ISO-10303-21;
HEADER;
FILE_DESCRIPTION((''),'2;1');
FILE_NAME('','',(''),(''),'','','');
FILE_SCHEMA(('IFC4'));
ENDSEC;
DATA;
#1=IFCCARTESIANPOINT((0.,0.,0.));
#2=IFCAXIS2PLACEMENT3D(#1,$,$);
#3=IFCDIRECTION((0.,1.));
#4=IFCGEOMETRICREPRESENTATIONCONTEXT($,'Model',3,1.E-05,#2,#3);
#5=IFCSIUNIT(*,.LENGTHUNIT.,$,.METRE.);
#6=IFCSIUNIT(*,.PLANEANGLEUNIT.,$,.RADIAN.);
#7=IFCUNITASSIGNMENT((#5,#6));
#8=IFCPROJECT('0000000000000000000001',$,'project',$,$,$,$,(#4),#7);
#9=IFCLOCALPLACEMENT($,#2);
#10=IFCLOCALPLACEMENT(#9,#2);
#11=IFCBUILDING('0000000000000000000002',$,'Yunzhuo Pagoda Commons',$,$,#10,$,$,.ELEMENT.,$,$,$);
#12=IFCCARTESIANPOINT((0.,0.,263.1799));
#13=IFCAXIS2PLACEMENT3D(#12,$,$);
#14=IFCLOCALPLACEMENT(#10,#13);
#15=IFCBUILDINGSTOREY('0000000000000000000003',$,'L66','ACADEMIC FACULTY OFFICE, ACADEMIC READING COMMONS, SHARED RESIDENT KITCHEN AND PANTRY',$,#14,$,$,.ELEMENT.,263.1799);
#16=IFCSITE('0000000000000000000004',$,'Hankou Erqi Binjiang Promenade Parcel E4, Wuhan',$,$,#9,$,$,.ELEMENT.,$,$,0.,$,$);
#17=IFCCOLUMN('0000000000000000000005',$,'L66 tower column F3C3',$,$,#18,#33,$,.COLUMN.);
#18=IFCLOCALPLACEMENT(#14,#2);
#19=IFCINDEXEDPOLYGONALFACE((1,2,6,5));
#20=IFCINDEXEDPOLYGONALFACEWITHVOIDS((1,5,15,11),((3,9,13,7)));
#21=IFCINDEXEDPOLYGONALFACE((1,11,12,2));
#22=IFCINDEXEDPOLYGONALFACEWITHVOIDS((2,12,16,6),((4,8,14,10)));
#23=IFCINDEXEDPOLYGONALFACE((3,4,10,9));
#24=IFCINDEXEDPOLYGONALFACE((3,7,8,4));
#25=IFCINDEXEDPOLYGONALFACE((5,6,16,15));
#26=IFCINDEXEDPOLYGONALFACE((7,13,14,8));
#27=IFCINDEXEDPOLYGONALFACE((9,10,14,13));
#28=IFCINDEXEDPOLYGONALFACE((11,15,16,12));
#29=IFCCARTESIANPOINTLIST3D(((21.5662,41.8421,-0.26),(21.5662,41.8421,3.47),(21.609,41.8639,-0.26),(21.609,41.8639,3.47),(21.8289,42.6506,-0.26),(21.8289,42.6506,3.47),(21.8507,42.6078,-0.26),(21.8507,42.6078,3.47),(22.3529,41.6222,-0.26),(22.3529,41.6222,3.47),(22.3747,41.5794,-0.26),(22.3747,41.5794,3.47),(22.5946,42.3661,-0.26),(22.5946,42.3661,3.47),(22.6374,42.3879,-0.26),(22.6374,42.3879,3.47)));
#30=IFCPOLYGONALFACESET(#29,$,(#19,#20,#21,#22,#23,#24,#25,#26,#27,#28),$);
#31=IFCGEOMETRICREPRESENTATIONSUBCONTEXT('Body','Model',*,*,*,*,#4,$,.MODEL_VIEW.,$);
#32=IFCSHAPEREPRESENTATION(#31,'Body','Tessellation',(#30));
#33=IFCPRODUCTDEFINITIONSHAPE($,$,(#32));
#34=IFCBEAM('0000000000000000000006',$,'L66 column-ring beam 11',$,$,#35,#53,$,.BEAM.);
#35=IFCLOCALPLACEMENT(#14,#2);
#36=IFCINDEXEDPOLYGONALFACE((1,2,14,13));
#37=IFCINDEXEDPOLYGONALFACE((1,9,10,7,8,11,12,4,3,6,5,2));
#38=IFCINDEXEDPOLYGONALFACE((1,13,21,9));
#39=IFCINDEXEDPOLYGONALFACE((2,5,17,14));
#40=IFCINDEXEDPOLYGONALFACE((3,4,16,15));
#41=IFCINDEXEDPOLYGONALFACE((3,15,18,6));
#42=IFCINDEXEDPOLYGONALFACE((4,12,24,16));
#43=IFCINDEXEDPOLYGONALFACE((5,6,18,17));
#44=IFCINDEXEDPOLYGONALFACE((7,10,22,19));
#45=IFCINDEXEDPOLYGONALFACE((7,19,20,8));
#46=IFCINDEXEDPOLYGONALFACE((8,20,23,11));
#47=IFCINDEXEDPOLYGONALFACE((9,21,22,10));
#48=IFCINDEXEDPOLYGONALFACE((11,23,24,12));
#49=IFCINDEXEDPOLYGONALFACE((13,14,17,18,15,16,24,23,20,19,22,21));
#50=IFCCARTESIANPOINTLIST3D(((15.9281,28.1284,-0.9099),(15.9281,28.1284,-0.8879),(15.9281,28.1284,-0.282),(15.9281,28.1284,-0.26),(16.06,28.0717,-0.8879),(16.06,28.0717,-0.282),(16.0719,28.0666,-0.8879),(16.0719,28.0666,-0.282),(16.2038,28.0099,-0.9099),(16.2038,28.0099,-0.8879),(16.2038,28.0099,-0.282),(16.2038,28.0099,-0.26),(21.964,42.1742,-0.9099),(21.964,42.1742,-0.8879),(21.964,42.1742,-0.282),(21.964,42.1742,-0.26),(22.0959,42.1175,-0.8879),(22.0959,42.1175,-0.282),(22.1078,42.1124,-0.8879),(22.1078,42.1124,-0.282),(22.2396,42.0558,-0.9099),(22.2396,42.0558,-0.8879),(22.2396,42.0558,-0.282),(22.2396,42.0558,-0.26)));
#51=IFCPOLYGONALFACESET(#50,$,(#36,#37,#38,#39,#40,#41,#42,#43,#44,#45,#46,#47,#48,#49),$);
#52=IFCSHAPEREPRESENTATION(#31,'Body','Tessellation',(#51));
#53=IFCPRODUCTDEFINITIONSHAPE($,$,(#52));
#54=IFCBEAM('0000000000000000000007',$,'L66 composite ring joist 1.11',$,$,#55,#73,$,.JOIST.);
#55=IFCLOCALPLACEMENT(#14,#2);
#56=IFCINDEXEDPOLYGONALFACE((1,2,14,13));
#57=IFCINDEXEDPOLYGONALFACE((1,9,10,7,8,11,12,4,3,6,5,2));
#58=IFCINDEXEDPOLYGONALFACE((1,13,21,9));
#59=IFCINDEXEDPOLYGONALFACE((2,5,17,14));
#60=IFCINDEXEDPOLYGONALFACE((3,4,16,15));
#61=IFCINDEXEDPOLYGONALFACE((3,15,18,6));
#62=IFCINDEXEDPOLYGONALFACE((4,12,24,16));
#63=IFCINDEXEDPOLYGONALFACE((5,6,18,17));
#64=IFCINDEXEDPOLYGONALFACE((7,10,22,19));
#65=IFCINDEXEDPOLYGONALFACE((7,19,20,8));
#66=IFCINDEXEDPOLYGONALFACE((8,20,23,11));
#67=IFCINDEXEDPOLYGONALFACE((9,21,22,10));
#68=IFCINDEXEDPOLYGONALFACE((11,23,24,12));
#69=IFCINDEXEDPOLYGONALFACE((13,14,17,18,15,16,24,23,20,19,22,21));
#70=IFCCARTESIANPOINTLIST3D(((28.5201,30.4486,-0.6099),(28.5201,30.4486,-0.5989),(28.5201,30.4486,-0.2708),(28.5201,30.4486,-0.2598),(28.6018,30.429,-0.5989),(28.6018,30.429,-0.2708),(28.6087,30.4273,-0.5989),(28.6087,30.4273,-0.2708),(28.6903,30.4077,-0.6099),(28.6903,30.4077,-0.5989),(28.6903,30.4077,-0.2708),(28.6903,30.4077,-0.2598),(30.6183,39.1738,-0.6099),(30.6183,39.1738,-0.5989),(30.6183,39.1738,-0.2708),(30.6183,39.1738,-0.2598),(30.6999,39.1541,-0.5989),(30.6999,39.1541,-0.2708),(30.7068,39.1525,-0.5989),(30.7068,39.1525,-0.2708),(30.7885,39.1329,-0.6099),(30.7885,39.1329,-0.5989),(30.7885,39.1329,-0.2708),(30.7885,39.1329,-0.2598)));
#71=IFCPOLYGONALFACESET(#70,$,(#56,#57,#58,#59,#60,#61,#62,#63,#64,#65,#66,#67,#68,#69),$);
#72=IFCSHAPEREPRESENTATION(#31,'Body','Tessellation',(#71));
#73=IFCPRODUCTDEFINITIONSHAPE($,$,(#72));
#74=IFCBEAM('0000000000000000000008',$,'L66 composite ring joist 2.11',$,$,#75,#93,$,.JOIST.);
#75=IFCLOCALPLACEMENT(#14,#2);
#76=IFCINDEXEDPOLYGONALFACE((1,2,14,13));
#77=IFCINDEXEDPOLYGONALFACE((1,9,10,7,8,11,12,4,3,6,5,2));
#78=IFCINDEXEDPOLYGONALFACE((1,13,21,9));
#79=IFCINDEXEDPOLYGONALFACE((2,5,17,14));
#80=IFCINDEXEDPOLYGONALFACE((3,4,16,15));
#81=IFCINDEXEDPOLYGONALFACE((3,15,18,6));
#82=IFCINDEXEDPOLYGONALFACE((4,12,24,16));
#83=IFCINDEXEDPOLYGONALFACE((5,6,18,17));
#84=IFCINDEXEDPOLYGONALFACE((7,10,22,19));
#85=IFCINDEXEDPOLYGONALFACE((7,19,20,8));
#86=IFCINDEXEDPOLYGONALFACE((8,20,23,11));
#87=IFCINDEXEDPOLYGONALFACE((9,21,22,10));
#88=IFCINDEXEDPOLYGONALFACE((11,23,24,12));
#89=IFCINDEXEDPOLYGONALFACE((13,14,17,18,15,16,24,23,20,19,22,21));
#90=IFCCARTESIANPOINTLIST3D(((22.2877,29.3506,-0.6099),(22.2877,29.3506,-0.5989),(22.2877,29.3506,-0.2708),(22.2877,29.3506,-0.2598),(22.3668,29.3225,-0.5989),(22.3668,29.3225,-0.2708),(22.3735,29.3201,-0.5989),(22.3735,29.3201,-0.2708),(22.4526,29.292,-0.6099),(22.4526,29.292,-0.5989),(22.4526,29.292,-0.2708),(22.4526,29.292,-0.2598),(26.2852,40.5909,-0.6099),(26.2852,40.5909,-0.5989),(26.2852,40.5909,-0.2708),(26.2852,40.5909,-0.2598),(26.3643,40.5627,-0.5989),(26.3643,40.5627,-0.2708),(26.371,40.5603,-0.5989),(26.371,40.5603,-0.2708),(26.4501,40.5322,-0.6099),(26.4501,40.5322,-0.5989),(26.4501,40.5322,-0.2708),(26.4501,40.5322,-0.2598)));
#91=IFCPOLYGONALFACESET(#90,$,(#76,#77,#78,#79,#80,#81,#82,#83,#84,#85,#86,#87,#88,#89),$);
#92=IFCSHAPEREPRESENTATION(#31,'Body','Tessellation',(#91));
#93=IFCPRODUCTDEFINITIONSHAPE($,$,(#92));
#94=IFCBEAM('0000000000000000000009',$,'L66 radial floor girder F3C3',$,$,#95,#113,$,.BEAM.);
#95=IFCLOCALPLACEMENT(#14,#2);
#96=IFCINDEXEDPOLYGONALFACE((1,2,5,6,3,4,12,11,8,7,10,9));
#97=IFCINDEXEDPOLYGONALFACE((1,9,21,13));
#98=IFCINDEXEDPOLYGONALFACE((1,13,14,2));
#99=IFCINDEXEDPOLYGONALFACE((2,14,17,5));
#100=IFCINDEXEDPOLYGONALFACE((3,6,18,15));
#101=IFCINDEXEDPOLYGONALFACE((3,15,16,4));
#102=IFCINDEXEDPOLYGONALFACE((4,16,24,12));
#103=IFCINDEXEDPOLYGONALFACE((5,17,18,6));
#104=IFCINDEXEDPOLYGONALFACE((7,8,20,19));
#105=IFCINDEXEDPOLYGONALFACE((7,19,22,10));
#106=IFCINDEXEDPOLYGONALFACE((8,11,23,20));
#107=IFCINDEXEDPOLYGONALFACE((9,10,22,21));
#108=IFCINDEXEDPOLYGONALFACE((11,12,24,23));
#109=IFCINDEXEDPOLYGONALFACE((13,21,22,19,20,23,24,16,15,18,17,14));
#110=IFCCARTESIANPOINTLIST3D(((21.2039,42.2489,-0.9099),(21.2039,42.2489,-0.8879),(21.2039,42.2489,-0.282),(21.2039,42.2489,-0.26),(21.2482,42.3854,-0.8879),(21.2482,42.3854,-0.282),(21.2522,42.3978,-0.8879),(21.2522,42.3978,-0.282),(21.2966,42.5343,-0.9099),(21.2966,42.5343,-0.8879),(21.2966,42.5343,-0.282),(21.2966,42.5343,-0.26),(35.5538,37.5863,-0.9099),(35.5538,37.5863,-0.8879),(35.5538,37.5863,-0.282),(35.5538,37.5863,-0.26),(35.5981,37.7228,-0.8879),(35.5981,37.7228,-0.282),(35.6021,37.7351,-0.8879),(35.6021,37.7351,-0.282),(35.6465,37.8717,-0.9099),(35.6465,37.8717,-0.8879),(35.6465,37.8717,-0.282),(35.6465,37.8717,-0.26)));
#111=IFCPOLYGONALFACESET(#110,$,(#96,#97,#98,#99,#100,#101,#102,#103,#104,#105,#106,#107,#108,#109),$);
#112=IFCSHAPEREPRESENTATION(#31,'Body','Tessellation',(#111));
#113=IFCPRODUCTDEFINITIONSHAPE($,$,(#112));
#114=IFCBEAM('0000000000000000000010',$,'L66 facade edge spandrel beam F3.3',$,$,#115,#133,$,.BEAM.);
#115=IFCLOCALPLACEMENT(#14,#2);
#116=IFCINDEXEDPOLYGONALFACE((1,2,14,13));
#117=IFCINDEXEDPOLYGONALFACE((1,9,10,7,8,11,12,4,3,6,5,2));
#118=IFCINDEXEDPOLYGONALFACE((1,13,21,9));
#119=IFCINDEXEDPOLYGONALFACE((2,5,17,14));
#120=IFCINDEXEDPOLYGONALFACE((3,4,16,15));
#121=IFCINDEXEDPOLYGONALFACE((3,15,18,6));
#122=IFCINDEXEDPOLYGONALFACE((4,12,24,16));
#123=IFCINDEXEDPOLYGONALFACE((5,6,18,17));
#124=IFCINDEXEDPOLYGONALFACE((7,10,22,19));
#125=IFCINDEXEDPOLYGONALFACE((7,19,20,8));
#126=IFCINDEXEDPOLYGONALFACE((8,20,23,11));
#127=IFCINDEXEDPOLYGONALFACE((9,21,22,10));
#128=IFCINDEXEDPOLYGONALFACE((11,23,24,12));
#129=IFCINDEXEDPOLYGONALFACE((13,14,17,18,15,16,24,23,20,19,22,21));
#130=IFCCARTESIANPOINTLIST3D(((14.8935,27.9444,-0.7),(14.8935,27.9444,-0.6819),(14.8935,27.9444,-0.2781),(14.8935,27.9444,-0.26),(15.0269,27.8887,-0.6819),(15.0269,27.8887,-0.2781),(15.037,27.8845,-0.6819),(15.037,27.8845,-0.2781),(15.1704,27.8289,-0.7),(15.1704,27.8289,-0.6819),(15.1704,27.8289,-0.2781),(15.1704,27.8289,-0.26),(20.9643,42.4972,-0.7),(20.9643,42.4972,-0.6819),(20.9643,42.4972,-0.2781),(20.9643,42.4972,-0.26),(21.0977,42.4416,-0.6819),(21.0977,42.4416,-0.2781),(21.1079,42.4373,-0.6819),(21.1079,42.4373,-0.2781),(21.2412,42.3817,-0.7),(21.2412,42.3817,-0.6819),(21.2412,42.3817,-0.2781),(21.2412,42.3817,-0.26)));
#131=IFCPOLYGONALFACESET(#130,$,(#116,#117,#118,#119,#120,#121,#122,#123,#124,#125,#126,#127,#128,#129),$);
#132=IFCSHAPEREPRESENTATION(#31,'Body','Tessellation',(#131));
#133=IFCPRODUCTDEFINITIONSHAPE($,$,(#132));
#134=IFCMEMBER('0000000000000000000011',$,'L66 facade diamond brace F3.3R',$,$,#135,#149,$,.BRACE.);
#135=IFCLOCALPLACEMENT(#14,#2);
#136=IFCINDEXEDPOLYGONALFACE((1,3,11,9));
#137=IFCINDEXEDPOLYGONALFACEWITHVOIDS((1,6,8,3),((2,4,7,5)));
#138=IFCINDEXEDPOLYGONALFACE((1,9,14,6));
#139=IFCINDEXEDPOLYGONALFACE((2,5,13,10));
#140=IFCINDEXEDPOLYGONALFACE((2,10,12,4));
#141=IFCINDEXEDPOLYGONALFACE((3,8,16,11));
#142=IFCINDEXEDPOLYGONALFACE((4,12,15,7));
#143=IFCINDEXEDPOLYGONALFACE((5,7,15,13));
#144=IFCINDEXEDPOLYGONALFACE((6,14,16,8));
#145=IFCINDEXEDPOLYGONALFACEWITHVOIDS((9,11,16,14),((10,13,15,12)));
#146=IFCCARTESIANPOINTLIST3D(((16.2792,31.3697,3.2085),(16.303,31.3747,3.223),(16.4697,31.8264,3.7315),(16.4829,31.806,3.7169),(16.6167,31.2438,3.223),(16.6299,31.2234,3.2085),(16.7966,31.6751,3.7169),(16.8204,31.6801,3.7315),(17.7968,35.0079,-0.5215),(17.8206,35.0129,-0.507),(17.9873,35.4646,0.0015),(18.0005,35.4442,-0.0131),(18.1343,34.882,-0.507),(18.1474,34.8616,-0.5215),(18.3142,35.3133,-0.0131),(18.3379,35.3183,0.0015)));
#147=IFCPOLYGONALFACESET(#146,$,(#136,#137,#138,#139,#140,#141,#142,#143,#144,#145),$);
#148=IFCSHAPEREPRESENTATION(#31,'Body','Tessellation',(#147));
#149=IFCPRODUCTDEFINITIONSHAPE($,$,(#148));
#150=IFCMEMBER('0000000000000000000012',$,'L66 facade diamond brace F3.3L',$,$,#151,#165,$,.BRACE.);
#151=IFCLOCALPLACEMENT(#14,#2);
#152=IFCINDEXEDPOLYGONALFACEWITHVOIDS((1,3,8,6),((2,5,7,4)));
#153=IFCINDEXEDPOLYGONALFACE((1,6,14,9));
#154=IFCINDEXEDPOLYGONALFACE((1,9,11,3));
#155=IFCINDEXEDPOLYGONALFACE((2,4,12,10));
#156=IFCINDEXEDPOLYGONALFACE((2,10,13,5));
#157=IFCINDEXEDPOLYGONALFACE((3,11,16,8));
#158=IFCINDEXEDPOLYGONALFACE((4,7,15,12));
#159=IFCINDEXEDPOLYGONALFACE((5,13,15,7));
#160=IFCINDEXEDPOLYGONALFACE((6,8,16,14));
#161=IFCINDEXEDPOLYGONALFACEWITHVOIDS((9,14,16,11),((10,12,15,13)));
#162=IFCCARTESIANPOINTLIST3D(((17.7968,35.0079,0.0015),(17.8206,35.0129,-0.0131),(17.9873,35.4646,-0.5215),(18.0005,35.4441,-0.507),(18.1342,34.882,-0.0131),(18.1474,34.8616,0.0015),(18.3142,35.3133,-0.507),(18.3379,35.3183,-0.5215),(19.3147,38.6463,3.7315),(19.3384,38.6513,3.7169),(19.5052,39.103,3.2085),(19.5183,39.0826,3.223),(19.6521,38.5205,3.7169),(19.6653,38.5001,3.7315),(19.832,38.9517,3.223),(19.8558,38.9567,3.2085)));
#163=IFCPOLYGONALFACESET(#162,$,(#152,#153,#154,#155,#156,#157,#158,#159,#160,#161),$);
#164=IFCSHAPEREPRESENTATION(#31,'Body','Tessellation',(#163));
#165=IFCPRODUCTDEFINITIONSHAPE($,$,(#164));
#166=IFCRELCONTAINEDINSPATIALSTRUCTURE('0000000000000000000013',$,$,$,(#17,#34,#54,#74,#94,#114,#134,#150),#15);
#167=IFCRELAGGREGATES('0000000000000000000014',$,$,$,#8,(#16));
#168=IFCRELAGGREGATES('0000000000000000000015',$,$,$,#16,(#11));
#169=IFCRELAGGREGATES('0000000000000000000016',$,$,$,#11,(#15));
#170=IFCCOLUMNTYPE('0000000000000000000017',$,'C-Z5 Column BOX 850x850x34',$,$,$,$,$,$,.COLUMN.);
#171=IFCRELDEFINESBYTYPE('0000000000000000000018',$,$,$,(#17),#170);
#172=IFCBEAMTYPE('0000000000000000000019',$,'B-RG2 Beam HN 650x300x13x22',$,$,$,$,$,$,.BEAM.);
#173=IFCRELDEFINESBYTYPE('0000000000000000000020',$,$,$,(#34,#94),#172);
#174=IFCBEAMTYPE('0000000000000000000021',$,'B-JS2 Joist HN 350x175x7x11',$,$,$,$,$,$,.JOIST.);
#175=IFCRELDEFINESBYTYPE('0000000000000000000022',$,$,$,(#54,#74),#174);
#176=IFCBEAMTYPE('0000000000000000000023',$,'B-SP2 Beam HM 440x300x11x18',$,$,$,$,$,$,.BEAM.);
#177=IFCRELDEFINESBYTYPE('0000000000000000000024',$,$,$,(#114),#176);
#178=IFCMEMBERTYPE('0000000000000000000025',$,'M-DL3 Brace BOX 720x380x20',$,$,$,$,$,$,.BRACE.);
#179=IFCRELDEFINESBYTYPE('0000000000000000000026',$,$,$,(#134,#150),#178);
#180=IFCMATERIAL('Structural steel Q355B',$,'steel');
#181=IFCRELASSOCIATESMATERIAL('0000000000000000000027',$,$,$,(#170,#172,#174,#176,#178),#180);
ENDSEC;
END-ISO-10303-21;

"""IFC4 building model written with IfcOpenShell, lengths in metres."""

from ifc_helpers import new_model, si_unit, direction, frame, origin, origin_2d, place, context, subcontext, project, spatial, hollow_rectangle, i_section, extrude, source, transform, mapped, material, material_profile, profile_set, type_object, element, save


model = new_model("IFC4")

# Units and contexts
model_context = context("Model", 3, precision=1e-05, world=origin(), true_north=direction((0.0, 1.0)))
body_context = subcontext(model_context, "Body", "Model", "MODEL_VIEW")
ifc_project = project(units=[si_unit("LENGTHUNIT", "METRE"), si_unit("PLANEANGLEUNIT", "RADIAN")], contexts=[model_context])

# Site, building, storey
site_placement = place(None, origin())
site = spatial("IfcSite", under=ifc_project, at=site_placement, Name="Hankou Erqi Binjiang Promenade Parcel E4, Wuhan", CompositionType="ELEMENT", RefElevation=0.0)
building_placement = place(site_placement, origin())
building = spatial("IfcBuilding", under=site, at=building_placement, Name="Yunzhuo Pagoda Commons", CompositionType="ELEMENT")
storey_placement = place(building_placement, frame((0.0, 0.0, 263.1799)))
storey = spatial("IfcBuildingStorey", under=building, at=storey_placement, Name="L66", Description="ACADEMIC FACULTY OFFICE, ACADEMIC READING COMMONS, SHARED RESIDENT KITCHEN AND PANTRY", CompositionType="ELEMENT", Elevation=263.1799)

# Column
ifc_material_1 = material(Name="Structural steel Q355B", Category="steel")
ifc_material_profile_1 = material_profile(ifc_material_1, hollow_rectangle(XDim=0.8501, YDim=0.8501, WallThickness=0.0339, at=origin_2d()), Name="Structural steel Q355B")
ifc_profile_set_1 = profile_set([ifc_material_profile_1], Name="Structural steel Q355B")
column_type = type_object("IfcColumnType", Name="C-Z5 Column BOX 850x850x34", PredefinedType="COLUMN", material=ifc_profile_set_1)
shared_shape_1 = source(origin(), body_context, "Body", "SweptSolid", [
    extrude(hollow_rectangle(XDim=0.8501, YDim=0.8501, WallThickness=0.0339, at=origin_2d()), origin(), (0.0, 0.0, 1.0), 3.73),
])
column_placement = place(storey_placement, frame((22.1018, 42.115, -0.26), z_axis=(0.0, 0.0, 1.0), x_axis=(-0.309017, -0.951057, 0.0)))
element("IfcColumn", 1, at=column_placement, inside=storey, type_object=column_type, Name="L66 tower column F3C3", PredefinedType="COLUMN", context=body_context, shape_type="MappedRepresentation", body=[
    mapped(shared_shape_1, transform((0.0, 0.0, 0.0), scale=1.0)),
])

# Beams
ifc_material_profile_2 = material_profile(ifc_material_1, i_section(OverallWidth=0.3, OverallDepth=0.6499, WebThickness=0.0129, FlangeThickness=0.022, at=origin_2d()), Name="Structural steel Q355B")
ifc_profile_set_2 = profile_set([ifc_material_profile_2], Name="Structural steel Q355B")
beam_type_1 = type_object("IfcBeamType", Name="B-RG2 Beam HN 650x300x13x22", PredefinedType="BEAM", material=ifc_profile_set_2)
shared_shape_2 = source(origin(), body_context, "Body", "SweptSolid", [
    extrude(i_section(OverallWidth=0.3, OverallDepth=0.6499, WebThickness=0.0129, FlangeThickness=0.022, at=origin_2d()), origin(), (0.0, 0.0, 1.0), 15.2878),
])
beam_1_placement = place(storey_placement, frame((22.1018, 42.115, -0.585), z_axis=(-0.394815, -0.91876, 0.0), x_axis=(0.91876, -0.394815, 0.0)))
element("IfcBeam", 2, at=beam_1_placement, inside=storey, type_object=beam_type_1, Name="L66 column-ring beam 11", PredefinedType="BEAM", context=body_context, shape_type="MappedRepresentation", body=[
    mapped(shared_shape_2, transform((0.0, 0.0, 0.0), scale=1.0)),
])
ifc_material_profile_3 = material_profile(ifc_material_1, i_section(OverallWidth=0.175, OverallDepth=0.3501, WebThickness=0.0071, FlangeThickness=0.011, at=origin_2d()), Name="Structural steel Q355B")
ifc_profile_set_3 = profile_set([ifc_material_profile_3], Name="Structural steel Q355B")
beam_type_2 = type_object("IfcBeamType", Name="B-JS2 Joist HN 350x175x7x11", PredefinedType="JOIST", material=ifc_profile_set_3)
shared_shape_3 = source(origin(), body_context, "Body", "SweptSolid", [
    extrude(i_section(OverallWidth=0.175, OverallDepth=0.3501, WebThickness=0.0071, FlangeThickness=0.011, at=origin_2d()), origin(), (0.0, 0.0, 1.0), 8.9739),
])
beam_2_placement = place(storey_placement, frame((30.7034, 39.1533, -0.4348), z_axis=(-0.233807, -0.972283, 0.0), x_axis=(0.972283, -0.233807, 0.0)))
element("IfcBeam", 3, at=beam_2_placement, inside=storey, type_object=beam_type_2, Name="L66 composite ring joist 1.11", PredefinedType="JOIST", context=body_context, shape_type="MappedRepresentation", body=[
    mapped(shared_shape_3, transform((0.0, 0.0, 0.0), scale=1.0)),
])
shared_shape_4 = source(origin(), body_context, "Body", "SweptSolid", [
    extrude(i_section(OverallWidth=0.175, OverallDepth=0.3501, WebThickness=0.0071, FlangeThickness=0.011, at=origin_2d()), origin(), (0.0, 0.0, 1.0), 11.9299),
])
beam_3_placement = place(storey_placement, frame((26.3677, 40.5615, -0.4348), z_axis=(-0.335086, -0.942187, 0.0), x_axis=(0.942187, -0.335086, 0.0)))
element("IfcBeam", 4, at=beam_3_placement, inside=storey, type_object=beam_type_2, Name="L66 composite ring joist 2.11", PredefinedType="JOIST", context=body_context, shape_type="MappedRepresentation", body=[
    mapped(shared_shape_4, transform((0.0, 0.0, 0.0), scale=1.0)),
])
shared_shape_5 = source(origin(), body_context, "Body", "SweptSolid", [
    extrude(i_section(OverallWidth=0.3, OverallDepth=0.6499, WebThickness=0.0129, FlangeThickness=0.022, at=origin_2d()), origin(), (0.0, 0.0, 1.0), 15.0884),
])
beam_4_placement = place(storey_placement, frame((21.2502, 42.3916, -0.585), z_axis=(0.951056, -0.30902, 0.0), x_axis=(0.30902, 0.951056, 0.0)))
element("IfcBeam", 5, at=beam_4_placement, inside=storey, type_object=beam_type_1, Name="L66 radial floor girder F3C3", PredefinedType="BEAM", context=body_context, shape_type="MappedRepresentation", body=[
    mapped(shared_shape_5, transform((0.0, 0.0, 0.0), scale=1.0)),
])
ifc_material_profile_4 = material_profile(ifc_material_1, i_section(OverallWidth=0.3, OverallDepth=0.4399, WebThickness=0.011, FlangeThickness=0.0181, at=origin_2d()), Name="Structural steel Q355B")
ifc_profile_set_4 = profile_set([ifc_material_profile_4], Name="Structural steel Q355B")
beam_type_3 = type_object("IfcBeamType", Name="B-SP2 Beam HM 440x300x11x18", PredefinedType="BEAM", material=ifc_profile_set_4)
shared_shape_6 = source(origin(), body_context, "Body", "SweptSolid", [
    extrude(i_section(OverallWidth=0.3, OverallDepth=0.4399, WebThickness=0.011, FlangeThickness=0.0181, at=origin_2d()), origin(), (0.0, 0.0, 1.0), 15.7683),
])
beam_5_placement = place(storey_placement, frame((21.1028, 42.4395, -0.48), z_axis=(-0.385002, -0.922916, 0.0), x_axis=(0.922916, -0.385002, 0.0)))
element("IfcBeam", 6, at=beam_5_placement, inside=storey, type_object=beam_type_3, Name="L66 facade edge spandrel beam F3.3", PredefinedType="BEAM", context=body_context, shape_type="MappedRepresentation", body=[
    mapped(shared_shape_6, transform((0.0, 0.0, 0.0), scale=1.0)),
])

# Members
ifc_material_profile_5 = material_profile(ifc_material_1, hollow_rectangle(XDim=0.3799, YDim=0.72, WallThickness=0.02, at=origin_2d()), Name="Structural steel Q355B")
ifc_profile_set_5 = profile_set([ifc_material_profile_5], Name="Structural steel Q355B")
member_type_1 = type_object("IfcMemberType", Name="M-DL3 Brace BOX 720x380x20", PredefinedType="BRACE", material=ifc_profile_set_5)
shared_shape_7 = source(origin(), body_context, "Body", "SweptSolid", [
    extrude(hollow_rectangle(XDim=0.3799, YDim=0.72, WallThickness=0.02, at=origin_2d()), origin(), (0.0, 0.0, 1.0), 5.427),
])
member_1_placement = place(storey_placement, frame((18.0674, 35.1631, -0.26), z_axis=(-0.279636, -0.670387, 0.687302), x_axis=(0.922927, -0.384976, 0.0)))
element("IfcMember", 7, at=member_1_placement, inside=storey, type_object=member_type_1, Name="L66 facade diamond brace F3.3R", PredefinedType="BRACE", context=body_context, shape_type="MappedRepresentation", body=[
    mapped(shared_shape_7, transform((0.0, 0.0, 0.0), scale=1.0)),
])
shared_shape_8 = source(origin(), body_context, "Body", "SweptSolid", [
    extrude(hollow_rectangle(XDim=0.3799, YDim=0.72, WallThickness=0.02, at=origin_2d()), origin(), (0.0, 0.0, 1.0), 5.4272),
])
member_2_placement = place(storey_placement, frame((18.0674, 35.1631, -0.26), z_axis=(0.279669, 0.670404, 0.687273), x_axis=(-0.922914, 0.385007, 0.0)))
element("IfcMember", 8, at=member_2_placement, inside=storey, type_object=member_type_1, Name="L66 facade diamond brace F3.3L", PredefinedType="BRACE", context=body_context, shape_type="MappedRepresentation", body=[
    mapped(shared_shape_8, transform((0.0, 0.0, 0.0), scale=1.0)),
])

save(model, "model.ifc")
